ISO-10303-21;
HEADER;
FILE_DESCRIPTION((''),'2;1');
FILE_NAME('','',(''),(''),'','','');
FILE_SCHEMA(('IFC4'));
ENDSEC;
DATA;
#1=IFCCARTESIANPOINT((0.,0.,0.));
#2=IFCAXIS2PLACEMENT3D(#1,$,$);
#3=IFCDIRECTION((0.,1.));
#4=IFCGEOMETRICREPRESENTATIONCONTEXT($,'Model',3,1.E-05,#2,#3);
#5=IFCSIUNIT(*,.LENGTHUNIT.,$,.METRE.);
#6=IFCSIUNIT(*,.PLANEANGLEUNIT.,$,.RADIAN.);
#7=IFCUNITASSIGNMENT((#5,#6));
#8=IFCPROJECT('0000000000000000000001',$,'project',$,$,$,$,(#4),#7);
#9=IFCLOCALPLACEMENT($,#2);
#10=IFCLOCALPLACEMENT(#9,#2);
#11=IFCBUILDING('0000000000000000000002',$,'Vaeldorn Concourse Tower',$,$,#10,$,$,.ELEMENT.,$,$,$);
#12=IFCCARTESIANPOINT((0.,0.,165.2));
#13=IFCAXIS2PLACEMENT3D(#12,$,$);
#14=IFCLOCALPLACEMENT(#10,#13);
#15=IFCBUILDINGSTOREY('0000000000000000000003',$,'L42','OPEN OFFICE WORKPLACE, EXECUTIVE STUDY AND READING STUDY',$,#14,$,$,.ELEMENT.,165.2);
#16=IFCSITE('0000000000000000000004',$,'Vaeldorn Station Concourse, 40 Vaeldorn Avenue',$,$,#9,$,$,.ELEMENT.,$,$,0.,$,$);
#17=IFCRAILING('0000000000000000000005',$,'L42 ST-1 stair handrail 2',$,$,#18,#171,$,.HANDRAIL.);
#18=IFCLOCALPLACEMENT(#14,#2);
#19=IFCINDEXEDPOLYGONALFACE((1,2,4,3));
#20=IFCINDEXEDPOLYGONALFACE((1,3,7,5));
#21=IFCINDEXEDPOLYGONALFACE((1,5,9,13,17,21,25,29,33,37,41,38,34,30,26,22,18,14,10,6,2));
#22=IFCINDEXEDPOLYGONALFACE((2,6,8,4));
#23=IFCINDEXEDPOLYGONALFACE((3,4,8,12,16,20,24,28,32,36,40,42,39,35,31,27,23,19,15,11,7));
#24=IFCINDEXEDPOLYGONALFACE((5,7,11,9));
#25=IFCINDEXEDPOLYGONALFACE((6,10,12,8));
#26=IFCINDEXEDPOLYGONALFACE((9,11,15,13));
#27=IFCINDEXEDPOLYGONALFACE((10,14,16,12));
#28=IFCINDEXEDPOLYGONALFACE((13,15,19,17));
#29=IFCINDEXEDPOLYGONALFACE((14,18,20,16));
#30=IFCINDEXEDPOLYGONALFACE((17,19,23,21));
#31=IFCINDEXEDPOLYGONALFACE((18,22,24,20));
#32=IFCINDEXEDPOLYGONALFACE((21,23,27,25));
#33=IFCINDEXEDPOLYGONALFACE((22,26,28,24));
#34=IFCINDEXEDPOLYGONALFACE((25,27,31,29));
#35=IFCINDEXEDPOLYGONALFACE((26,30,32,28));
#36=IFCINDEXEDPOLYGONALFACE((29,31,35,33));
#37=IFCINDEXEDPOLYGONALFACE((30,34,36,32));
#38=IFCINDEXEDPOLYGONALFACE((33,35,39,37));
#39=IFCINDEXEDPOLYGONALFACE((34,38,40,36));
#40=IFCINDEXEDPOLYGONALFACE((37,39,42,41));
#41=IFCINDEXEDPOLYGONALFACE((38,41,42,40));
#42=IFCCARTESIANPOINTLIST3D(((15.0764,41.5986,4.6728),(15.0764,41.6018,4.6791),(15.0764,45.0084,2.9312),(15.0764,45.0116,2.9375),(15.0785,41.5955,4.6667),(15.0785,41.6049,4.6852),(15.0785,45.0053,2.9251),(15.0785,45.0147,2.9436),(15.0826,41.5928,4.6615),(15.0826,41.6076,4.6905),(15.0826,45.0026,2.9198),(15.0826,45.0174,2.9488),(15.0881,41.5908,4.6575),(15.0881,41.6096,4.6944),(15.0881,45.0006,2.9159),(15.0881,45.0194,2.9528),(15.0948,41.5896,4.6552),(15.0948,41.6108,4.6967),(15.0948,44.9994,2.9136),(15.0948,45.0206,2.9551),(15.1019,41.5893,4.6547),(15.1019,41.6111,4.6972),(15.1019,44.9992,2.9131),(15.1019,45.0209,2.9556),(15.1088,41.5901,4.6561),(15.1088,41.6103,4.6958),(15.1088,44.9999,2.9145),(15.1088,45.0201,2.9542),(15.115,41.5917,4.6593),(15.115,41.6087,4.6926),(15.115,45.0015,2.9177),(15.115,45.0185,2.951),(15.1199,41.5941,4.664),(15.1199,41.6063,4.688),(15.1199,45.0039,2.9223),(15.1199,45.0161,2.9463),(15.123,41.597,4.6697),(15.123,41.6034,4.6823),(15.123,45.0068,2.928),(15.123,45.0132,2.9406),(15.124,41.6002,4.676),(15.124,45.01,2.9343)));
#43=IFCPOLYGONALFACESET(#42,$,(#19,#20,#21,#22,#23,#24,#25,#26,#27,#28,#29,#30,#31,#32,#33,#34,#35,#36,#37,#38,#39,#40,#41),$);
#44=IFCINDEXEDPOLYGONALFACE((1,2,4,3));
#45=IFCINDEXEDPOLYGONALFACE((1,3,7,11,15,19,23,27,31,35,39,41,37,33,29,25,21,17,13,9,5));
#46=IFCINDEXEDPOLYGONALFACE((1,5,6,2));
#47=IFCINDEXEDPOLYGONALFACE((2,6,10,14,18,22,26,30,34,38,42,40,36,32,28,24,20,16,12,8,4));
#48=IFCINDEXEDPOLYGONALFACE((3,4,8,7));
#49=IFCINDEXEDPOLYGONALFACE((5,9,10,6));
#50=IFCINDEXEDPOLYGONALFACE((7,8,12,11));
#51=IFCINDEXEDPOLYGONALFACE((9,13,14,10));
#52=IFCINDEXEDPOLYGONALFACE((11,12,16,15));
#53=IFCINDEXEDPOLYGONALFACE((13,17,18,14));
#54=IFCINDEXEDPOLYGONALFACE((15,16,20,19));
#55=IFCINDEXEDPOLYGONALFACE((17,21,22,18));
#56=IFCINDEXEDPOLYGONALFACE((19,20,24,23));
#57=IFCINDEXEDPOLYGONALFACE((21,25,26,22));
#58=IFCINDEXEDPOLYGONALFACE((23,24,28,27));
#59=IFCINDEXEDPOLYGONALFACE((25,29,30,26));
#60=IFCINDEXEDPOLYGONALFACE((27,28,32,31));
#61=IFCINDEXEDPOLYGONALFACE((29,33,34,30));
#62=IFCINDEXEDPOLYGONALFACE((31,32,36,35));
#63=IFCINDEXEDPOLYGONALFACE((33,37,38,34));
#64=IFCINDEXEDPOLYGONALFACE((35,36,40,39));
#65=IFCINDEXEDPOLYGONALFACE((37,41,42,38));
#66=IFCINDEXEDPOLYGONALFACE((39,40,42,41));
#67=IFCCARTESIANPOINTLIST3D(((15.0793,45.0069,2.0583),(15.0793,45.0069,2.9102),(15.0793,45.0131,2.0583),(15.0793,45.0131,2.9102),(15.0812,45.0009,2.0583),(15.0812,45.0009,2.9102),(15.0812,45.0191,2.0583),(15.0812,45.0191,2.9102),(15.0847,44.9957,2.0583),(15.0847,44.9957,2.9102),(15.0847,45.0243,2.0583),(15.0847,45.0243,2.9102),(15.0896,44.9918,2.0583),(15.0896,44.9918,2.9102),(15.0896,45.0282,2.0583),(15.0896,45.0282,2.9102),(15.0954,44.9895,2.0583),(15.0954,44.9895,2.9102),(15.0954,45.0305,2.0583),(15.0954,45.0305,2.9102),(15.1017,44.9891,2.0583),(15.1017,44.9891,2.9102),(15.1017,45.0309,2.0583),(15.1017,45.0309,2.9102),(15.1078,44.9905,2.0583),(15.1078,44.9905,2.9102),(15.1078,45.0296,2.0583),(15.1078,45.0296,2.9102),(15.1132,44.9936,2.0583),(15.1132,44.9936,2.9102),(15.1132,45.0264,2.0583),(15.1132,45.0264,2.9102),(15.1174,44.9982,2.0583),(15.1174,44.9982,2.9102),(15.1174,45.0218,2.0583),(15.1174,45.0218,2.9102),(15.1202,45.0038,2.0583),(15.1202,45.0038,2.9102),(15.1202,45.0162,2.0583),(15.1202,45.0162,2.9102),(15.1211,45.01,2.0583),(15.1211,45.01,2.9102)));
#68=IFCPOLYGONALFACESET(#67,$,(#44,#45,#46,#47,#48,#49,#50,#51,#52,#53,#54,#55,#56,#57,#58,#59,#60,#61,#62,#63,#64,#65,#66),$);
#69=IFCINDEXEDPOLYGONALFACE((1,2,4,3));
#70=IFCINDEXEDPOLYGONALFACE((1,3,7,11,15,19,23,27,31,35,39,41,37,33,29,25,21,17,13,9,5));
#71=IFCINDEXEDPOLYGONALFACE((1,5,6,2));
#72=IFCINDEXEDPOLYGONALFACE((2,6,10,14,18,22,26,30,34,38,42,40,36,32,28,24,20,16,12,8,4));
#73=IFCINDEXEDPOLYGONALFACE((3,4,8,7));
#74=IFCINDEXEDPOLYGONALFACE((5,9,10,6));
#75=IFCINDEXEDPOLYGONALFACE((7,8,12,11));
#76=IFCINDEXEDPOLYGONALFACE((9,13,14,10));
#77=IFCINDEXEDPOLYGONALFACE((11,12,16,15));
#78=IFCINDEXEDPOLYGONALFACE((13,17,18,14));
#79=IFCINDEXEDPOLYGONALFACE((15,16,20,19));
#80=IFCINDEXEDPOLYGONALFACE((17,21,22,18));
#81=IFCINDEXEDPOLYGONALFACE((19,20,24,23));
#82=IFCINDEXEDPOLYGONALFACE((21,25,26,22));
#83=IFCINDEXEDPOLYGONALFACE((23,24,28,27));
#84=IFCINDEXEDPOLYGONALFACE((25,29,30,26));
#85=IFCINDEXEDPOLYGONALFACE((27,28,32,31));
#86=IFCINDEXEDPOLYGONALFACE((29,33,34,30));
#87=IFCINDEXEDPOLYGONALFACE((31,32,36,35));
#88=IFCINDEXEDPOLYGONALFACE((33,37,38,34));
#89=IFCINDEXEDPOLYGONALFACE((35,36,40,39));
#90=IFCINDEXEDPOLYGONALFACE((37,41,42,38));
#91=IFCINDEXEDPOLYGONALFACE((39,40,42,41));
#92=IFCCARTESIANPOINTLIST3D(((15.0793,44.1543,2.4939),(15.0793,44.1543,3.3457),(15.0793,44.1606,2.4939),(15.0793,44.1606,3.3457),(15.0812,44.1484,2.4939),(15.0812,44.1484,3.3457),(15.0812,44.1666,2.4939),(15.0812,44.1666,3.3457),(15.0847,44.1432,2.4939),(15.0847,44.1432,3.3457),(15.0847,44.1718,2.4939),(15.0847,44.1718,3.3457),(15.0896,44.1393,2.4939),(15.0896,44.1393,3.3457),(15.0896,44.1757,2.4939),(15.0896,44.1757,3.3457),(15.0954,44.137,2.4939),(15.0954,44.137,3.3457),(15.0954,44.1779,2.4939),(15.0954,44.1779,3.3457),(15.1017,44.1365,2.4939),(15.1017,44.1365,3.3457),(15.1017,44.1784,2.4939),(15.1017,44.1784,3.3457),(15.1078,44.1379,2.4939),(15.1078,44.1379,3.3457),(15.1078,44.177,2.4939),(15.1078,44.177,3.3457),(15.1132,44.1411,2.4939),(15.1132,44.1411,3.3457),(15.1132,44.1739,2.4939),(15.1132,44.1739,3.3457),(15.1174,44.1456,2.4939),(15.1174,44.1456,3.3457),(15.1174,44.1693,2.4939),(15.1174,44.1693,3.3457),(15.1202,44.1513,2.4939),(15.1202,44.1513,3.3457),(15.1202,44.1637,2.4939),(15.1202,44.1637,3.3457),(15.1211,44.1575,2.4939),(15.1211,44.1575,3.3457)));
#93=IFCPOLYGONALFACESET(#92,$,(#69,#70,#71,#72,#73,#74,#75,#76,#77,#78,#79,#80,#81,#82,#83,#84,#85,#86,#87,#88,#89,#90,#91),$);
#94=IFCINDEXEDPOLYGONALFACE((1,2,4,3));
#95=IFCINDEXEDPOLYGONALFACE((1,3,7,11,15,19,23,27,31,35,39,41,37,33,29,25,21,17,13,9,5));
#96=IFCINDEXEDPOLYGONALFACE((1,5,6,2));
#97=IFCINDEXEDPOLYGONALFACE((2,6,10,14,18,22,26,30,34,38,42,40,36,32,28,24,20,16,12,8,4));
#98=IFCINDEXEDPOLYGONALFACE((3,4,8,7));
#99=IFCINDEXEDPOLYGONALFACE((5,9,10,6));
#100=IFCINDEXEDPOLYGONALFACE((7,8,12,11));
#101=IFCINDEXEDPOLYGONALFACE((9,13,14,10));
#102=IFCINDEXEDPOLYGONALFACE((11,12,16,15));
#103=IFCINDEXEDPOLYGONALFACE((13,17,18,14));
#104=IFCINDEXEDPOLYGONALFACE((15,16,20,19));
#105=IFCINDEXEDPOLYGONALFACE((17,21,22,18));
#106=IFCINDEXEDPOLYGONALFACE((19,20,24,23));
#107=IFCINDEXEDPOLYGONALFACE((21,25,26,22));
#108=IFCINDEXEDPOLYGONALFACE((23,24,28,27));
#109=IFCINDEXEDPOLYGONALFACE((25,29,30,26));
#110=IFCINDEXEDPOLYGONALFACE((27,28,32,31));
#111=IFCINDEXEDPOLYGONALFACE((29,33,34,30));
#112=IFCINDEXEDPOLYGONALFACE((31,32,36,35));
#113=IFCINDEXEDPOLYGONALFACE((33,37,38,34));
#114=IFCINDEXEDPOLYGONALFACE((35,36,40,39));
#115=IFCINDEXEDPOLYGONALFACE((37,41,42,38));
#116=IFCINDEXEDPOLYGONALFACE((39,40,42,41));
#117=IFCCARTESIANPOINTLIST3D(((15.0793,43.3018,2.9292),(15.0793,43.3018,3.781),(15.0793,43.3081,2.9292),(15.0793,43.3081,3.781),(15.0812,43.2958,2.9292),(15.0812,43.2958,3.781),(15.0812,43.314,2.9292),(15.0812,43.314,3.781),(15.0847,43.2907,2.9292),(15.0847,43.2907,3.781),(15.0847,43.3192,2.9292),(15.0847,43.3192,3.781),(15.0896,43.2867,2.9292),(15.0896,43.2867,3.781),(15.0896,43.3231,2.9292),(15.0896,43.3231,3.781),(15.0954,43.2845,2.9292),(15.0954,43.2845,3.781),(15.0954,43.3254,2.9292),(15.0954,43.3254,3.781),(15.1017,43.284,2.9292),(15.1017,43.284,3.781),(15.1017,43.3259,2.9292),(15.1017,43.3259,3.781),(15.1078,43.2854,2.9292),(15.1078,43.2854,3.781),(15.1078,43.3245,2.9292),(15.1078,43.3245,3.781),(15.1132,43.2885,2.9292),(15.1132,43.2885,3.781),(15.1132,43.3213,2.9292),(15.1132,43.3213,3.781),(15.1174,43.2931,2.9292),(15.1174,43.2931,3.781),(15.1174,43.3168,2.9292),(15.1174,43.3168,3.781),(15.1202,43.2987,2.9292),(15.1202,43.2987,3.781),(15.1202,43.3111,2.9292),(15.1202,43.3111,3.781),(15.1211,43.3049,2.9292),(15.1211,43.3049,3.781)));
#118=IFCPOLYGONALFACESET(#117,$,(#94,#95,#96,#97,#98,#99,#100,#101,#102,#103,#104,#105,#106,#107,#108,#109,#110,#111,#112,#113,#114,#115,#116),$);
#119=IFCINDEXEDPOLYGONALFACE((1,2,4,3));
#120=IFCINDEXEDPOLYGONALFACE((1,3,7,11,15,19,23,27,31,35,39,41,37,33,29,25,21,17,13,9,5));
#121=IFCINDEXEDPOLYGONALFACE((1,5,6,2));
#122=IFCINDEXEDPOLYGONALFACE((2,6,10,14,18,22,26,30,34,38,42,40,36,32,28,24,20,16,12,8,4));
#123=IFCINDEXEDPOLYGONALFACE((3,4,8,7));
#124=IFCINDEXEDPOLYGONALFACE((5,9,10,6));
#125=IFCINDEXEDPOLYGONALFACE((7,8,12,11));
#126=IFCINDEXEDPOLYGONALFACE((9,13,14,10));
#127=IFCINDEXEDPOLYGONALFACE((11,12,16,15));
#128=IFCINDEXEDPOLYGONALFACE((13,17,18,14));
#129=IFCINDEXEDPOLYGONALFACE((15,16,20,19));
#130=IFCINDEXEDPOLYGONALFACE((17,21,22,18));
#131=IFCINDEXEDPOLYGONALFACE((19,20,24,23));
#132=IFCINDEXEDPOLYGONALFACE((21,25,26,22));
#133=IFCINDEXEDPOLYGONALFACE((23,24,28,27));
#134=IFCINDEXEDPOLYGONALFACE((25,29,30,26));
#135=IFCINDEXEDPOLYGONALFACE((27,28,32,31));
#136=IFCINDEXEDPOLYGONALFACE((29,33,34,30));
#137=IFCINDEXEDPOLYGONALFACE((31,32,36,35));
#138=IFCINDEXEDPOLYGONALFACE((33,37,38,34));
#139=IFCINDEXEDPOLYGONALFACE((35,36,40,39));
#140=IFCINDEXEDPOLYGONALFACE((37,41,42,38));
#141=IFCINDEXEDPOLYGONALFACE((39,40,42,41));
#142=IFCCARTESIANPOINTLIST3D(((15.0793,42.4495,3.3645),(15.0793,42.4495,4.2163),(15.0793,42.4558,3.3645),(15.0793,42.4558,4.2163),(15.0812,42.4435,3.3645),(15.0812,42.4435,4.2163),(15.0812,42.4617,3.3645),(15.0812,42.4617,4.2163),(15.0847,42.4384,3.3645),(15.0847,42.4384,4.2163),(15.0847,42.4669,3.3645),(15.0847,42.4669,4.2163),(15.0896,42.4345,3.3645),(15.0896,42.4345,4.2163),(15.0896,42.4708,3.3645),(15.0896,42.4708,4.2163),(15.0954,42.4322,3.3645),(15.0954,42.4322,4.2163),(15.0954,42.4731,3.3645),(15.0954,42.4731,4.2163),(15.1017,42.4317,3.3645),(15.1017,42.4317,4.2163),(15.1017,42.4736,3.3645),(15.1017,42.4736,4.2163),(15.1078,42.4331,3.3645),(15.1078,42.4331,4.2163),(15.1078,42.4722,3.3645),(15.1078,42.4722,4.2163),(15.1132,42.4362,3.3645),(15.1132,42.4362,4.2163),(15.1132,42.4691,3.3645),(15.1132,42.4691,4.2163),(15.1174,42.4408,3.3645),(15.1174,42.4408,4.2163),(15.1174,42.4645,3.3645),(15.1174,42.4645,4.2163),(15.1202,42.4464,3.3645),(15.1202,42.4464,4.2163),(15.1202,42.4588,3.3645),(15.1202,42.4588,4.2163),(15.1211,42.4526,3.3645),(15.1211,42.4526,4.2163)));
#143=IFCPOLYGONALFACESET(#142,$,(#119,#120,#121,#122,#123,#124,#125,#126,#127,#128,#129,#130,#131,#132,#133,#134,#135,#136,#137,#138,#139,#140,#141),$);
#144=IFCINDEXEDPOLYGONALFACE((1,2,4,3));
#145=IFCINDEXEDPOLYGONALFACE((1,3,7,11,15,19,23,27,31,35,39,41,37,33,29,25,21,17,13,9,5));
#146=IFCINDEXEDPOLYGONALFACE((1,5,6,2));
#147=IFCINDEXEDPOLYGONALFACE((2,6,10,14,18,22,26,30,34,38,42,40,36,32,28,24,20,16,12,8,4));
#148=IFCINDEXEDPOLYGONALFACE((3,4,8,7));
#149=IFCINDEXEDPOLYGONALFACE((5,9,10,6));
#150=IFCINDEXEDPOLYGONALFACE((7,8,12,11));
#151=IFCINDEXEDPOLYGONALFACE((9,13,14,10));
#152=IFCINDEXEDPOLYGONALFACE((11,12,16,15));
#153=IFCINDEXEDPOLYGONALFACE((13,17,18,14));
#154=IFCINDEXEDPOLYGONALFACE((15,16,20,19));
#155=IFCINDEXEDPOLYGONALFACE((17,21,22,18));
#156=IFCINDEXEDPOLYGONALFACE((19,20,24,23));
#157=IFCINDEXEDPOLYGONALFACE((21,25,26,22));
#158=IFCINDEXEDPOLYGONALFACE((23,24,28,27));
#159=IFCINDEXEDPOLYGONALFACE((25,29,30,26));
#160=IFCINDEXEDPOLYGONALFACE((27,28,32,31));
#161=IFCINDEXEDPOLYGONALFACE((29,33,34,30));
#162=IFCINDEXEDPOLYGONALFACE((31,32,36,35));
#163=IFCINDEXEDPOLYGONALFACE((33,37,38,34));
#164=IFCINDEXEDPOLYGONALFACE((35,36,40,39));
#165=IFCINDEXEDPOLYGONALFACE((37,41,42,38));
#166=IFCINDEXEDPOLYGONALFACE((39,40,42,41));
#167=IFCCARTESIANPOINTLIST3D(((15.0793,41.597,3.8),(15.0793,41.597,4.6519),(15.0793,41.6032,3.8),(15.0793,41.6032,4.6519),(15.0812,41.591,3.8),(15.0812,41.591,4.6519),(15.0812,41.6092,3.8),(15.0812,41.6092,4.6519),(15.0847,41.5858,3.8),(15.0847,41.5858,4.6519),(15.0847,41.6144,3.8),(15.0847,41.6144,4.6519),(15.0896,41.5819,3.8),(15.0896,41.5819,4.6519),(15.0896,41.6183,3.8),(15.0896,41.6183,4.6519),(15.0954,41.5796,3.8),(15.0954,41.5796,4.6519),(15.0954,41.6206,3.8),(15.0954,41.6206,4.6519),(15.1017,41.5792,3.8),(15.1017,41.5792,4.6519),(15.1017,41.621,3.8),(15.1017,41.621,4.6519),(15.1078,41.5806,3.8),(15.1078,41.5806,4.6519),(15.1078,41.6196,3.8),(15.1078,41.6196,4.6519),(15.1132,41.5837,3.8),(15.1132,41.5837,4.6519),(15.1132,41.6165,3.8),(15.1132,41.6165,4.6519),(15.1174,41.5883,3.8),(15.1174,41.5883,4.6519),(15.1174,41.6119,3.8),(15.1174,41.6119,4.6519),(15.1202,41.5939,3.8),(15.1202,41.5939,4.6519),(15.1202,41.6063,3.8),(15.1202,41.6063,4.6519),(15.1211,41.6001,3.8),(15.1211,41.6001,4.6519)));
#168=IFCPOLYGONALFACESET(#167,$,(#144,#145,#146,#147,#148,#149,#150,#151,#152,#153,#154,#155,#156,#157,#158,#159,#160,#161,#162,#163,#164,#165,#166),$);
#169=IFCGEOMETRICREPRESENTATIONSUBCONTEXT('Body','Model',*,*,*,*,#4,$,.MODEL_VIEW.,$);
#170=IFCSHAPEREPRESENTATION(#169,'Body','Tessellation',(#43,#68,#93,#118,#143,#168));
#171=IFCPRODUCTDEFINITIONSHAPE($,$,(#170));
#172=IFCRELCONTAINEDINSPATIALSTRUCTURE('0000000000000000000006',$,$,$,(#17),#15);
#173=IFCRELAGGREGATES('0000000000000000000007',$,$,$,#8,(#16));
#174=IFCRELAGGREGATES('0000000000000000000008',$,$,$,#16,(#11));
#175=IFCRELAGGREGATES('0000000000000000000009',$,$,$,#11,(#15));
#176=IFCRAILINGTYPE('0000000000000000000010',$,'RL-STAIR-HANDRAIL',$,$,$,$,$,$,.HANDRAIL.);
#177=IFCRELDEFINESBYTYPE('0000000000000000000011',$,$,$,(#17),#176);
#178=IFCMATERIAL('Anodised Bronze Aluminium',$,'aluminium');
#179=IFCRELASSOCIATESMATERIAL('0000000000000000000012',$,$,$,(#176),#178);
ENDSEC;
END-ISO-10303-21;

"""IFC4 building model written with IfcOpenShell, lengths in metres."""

from ifc_helpers import new_model, si_unit, direction, frame, origin, origin_2d, place, context, subcontext, project, spatial, circle, extrude, material, type_object, element, save


model = new_model("IFC4")

# Units and contexts
model_context = context("Model", 3, precision=1e-05, world=origin(), true_north=direction((0.0, 1.0)))
body_context = subcontext(model_context, "Body", "Model", "MODEL_VIEW")
ifc_project = project(units=[si_unit("LENGTHUNIT", "METRE"), si_unit("PLANEANGLEUNIT", "RADIAN")], contexts=[model_context])

# Site, building, storey
site_placement = place(None, origin())
site = spatial("IfcSite", under=ifc_project, at=site_placement, Name="Vaeldorn Station Concourse, 40 Vaeldorn Avenue", CompositionType="ELEMENT", RefElevation=0.0)
building_placement = place(site_placement, origin())
building = spatial("IfcBuilding", under=site, at=building_placement, Name="Vaeldorn Concourse Tower", CompositionType="ELEMENT")
storey_placement = place(building_placement, frame((0.0, 0.0, 165.2)))
storey = spatial("IfcBuildingStorey", under=building, at=storey_placement, Name="L42", Description="OPEN OFFICE WORKPLACE, EXECUTIVE STUDY AND READING STUDY", CompositionType="ELEMENT", Elevation=165.2)

# Shared definitions
ifc_material_1 = material(Name="Anodised Bronze Aluminium", Category="aluminium")

# Railing
railing_type_1 = type_object("IfcRailingType", Name="RL-STAIR-HANDRAIL", PredefinedType="HANDRAIL", material=ifc_material_1)
railing_1_placement = place(storey_placement, frame((15.1001, 45.01, 2.0583)))
element("IfcRailing", 1, at=railing_1_placement, inside=storey, type_object=railing_type_1, Name="L42 ST-1 stair handrail 2", PredefinedType="HANDRAIL", context=body_context, shape_type="SweptSolid", body=[
    extrude(circle(Radius=0.0239, at=origin_2d()), frame((0.0, 0.0, 0.876), z_axis=(0.0, -0.890556, 0.454874), x_axis=(1.0, 0.0, 0.0)), (0.0, 0.0, 1.0), 3.8289),
    extrude(circle(Radius=0.021, at=origin_2d()), origin(), (0.0, 0.0, 1.0), 0.8518),
    extrude(circle(Radius=0.021, at=origin_2d()), frame((0.0, -0.8525, 0.4355)), (0.0, 0.0, 1.0), 0.8518),
    extrude(circle(Radius=0.021, at=origin_2d()), frame((0.0, -1.7051, 0.8708)), (0.0, 0.0, 1.0), 0.8518),
    extrude(circle(Radius=0.021, at=origin_2d()), frame((0.0, -2.5574, 1.3062)), (0.0, 0.0, 1.0), 0.8518),
    extrude(circle(Radius=0.021, at=origin_2d()), frame((0.0, -3.4099, 1.7417)), (0.0, 0.0, 1.0), 0.8518),
])

save(model, "model.ifc")
